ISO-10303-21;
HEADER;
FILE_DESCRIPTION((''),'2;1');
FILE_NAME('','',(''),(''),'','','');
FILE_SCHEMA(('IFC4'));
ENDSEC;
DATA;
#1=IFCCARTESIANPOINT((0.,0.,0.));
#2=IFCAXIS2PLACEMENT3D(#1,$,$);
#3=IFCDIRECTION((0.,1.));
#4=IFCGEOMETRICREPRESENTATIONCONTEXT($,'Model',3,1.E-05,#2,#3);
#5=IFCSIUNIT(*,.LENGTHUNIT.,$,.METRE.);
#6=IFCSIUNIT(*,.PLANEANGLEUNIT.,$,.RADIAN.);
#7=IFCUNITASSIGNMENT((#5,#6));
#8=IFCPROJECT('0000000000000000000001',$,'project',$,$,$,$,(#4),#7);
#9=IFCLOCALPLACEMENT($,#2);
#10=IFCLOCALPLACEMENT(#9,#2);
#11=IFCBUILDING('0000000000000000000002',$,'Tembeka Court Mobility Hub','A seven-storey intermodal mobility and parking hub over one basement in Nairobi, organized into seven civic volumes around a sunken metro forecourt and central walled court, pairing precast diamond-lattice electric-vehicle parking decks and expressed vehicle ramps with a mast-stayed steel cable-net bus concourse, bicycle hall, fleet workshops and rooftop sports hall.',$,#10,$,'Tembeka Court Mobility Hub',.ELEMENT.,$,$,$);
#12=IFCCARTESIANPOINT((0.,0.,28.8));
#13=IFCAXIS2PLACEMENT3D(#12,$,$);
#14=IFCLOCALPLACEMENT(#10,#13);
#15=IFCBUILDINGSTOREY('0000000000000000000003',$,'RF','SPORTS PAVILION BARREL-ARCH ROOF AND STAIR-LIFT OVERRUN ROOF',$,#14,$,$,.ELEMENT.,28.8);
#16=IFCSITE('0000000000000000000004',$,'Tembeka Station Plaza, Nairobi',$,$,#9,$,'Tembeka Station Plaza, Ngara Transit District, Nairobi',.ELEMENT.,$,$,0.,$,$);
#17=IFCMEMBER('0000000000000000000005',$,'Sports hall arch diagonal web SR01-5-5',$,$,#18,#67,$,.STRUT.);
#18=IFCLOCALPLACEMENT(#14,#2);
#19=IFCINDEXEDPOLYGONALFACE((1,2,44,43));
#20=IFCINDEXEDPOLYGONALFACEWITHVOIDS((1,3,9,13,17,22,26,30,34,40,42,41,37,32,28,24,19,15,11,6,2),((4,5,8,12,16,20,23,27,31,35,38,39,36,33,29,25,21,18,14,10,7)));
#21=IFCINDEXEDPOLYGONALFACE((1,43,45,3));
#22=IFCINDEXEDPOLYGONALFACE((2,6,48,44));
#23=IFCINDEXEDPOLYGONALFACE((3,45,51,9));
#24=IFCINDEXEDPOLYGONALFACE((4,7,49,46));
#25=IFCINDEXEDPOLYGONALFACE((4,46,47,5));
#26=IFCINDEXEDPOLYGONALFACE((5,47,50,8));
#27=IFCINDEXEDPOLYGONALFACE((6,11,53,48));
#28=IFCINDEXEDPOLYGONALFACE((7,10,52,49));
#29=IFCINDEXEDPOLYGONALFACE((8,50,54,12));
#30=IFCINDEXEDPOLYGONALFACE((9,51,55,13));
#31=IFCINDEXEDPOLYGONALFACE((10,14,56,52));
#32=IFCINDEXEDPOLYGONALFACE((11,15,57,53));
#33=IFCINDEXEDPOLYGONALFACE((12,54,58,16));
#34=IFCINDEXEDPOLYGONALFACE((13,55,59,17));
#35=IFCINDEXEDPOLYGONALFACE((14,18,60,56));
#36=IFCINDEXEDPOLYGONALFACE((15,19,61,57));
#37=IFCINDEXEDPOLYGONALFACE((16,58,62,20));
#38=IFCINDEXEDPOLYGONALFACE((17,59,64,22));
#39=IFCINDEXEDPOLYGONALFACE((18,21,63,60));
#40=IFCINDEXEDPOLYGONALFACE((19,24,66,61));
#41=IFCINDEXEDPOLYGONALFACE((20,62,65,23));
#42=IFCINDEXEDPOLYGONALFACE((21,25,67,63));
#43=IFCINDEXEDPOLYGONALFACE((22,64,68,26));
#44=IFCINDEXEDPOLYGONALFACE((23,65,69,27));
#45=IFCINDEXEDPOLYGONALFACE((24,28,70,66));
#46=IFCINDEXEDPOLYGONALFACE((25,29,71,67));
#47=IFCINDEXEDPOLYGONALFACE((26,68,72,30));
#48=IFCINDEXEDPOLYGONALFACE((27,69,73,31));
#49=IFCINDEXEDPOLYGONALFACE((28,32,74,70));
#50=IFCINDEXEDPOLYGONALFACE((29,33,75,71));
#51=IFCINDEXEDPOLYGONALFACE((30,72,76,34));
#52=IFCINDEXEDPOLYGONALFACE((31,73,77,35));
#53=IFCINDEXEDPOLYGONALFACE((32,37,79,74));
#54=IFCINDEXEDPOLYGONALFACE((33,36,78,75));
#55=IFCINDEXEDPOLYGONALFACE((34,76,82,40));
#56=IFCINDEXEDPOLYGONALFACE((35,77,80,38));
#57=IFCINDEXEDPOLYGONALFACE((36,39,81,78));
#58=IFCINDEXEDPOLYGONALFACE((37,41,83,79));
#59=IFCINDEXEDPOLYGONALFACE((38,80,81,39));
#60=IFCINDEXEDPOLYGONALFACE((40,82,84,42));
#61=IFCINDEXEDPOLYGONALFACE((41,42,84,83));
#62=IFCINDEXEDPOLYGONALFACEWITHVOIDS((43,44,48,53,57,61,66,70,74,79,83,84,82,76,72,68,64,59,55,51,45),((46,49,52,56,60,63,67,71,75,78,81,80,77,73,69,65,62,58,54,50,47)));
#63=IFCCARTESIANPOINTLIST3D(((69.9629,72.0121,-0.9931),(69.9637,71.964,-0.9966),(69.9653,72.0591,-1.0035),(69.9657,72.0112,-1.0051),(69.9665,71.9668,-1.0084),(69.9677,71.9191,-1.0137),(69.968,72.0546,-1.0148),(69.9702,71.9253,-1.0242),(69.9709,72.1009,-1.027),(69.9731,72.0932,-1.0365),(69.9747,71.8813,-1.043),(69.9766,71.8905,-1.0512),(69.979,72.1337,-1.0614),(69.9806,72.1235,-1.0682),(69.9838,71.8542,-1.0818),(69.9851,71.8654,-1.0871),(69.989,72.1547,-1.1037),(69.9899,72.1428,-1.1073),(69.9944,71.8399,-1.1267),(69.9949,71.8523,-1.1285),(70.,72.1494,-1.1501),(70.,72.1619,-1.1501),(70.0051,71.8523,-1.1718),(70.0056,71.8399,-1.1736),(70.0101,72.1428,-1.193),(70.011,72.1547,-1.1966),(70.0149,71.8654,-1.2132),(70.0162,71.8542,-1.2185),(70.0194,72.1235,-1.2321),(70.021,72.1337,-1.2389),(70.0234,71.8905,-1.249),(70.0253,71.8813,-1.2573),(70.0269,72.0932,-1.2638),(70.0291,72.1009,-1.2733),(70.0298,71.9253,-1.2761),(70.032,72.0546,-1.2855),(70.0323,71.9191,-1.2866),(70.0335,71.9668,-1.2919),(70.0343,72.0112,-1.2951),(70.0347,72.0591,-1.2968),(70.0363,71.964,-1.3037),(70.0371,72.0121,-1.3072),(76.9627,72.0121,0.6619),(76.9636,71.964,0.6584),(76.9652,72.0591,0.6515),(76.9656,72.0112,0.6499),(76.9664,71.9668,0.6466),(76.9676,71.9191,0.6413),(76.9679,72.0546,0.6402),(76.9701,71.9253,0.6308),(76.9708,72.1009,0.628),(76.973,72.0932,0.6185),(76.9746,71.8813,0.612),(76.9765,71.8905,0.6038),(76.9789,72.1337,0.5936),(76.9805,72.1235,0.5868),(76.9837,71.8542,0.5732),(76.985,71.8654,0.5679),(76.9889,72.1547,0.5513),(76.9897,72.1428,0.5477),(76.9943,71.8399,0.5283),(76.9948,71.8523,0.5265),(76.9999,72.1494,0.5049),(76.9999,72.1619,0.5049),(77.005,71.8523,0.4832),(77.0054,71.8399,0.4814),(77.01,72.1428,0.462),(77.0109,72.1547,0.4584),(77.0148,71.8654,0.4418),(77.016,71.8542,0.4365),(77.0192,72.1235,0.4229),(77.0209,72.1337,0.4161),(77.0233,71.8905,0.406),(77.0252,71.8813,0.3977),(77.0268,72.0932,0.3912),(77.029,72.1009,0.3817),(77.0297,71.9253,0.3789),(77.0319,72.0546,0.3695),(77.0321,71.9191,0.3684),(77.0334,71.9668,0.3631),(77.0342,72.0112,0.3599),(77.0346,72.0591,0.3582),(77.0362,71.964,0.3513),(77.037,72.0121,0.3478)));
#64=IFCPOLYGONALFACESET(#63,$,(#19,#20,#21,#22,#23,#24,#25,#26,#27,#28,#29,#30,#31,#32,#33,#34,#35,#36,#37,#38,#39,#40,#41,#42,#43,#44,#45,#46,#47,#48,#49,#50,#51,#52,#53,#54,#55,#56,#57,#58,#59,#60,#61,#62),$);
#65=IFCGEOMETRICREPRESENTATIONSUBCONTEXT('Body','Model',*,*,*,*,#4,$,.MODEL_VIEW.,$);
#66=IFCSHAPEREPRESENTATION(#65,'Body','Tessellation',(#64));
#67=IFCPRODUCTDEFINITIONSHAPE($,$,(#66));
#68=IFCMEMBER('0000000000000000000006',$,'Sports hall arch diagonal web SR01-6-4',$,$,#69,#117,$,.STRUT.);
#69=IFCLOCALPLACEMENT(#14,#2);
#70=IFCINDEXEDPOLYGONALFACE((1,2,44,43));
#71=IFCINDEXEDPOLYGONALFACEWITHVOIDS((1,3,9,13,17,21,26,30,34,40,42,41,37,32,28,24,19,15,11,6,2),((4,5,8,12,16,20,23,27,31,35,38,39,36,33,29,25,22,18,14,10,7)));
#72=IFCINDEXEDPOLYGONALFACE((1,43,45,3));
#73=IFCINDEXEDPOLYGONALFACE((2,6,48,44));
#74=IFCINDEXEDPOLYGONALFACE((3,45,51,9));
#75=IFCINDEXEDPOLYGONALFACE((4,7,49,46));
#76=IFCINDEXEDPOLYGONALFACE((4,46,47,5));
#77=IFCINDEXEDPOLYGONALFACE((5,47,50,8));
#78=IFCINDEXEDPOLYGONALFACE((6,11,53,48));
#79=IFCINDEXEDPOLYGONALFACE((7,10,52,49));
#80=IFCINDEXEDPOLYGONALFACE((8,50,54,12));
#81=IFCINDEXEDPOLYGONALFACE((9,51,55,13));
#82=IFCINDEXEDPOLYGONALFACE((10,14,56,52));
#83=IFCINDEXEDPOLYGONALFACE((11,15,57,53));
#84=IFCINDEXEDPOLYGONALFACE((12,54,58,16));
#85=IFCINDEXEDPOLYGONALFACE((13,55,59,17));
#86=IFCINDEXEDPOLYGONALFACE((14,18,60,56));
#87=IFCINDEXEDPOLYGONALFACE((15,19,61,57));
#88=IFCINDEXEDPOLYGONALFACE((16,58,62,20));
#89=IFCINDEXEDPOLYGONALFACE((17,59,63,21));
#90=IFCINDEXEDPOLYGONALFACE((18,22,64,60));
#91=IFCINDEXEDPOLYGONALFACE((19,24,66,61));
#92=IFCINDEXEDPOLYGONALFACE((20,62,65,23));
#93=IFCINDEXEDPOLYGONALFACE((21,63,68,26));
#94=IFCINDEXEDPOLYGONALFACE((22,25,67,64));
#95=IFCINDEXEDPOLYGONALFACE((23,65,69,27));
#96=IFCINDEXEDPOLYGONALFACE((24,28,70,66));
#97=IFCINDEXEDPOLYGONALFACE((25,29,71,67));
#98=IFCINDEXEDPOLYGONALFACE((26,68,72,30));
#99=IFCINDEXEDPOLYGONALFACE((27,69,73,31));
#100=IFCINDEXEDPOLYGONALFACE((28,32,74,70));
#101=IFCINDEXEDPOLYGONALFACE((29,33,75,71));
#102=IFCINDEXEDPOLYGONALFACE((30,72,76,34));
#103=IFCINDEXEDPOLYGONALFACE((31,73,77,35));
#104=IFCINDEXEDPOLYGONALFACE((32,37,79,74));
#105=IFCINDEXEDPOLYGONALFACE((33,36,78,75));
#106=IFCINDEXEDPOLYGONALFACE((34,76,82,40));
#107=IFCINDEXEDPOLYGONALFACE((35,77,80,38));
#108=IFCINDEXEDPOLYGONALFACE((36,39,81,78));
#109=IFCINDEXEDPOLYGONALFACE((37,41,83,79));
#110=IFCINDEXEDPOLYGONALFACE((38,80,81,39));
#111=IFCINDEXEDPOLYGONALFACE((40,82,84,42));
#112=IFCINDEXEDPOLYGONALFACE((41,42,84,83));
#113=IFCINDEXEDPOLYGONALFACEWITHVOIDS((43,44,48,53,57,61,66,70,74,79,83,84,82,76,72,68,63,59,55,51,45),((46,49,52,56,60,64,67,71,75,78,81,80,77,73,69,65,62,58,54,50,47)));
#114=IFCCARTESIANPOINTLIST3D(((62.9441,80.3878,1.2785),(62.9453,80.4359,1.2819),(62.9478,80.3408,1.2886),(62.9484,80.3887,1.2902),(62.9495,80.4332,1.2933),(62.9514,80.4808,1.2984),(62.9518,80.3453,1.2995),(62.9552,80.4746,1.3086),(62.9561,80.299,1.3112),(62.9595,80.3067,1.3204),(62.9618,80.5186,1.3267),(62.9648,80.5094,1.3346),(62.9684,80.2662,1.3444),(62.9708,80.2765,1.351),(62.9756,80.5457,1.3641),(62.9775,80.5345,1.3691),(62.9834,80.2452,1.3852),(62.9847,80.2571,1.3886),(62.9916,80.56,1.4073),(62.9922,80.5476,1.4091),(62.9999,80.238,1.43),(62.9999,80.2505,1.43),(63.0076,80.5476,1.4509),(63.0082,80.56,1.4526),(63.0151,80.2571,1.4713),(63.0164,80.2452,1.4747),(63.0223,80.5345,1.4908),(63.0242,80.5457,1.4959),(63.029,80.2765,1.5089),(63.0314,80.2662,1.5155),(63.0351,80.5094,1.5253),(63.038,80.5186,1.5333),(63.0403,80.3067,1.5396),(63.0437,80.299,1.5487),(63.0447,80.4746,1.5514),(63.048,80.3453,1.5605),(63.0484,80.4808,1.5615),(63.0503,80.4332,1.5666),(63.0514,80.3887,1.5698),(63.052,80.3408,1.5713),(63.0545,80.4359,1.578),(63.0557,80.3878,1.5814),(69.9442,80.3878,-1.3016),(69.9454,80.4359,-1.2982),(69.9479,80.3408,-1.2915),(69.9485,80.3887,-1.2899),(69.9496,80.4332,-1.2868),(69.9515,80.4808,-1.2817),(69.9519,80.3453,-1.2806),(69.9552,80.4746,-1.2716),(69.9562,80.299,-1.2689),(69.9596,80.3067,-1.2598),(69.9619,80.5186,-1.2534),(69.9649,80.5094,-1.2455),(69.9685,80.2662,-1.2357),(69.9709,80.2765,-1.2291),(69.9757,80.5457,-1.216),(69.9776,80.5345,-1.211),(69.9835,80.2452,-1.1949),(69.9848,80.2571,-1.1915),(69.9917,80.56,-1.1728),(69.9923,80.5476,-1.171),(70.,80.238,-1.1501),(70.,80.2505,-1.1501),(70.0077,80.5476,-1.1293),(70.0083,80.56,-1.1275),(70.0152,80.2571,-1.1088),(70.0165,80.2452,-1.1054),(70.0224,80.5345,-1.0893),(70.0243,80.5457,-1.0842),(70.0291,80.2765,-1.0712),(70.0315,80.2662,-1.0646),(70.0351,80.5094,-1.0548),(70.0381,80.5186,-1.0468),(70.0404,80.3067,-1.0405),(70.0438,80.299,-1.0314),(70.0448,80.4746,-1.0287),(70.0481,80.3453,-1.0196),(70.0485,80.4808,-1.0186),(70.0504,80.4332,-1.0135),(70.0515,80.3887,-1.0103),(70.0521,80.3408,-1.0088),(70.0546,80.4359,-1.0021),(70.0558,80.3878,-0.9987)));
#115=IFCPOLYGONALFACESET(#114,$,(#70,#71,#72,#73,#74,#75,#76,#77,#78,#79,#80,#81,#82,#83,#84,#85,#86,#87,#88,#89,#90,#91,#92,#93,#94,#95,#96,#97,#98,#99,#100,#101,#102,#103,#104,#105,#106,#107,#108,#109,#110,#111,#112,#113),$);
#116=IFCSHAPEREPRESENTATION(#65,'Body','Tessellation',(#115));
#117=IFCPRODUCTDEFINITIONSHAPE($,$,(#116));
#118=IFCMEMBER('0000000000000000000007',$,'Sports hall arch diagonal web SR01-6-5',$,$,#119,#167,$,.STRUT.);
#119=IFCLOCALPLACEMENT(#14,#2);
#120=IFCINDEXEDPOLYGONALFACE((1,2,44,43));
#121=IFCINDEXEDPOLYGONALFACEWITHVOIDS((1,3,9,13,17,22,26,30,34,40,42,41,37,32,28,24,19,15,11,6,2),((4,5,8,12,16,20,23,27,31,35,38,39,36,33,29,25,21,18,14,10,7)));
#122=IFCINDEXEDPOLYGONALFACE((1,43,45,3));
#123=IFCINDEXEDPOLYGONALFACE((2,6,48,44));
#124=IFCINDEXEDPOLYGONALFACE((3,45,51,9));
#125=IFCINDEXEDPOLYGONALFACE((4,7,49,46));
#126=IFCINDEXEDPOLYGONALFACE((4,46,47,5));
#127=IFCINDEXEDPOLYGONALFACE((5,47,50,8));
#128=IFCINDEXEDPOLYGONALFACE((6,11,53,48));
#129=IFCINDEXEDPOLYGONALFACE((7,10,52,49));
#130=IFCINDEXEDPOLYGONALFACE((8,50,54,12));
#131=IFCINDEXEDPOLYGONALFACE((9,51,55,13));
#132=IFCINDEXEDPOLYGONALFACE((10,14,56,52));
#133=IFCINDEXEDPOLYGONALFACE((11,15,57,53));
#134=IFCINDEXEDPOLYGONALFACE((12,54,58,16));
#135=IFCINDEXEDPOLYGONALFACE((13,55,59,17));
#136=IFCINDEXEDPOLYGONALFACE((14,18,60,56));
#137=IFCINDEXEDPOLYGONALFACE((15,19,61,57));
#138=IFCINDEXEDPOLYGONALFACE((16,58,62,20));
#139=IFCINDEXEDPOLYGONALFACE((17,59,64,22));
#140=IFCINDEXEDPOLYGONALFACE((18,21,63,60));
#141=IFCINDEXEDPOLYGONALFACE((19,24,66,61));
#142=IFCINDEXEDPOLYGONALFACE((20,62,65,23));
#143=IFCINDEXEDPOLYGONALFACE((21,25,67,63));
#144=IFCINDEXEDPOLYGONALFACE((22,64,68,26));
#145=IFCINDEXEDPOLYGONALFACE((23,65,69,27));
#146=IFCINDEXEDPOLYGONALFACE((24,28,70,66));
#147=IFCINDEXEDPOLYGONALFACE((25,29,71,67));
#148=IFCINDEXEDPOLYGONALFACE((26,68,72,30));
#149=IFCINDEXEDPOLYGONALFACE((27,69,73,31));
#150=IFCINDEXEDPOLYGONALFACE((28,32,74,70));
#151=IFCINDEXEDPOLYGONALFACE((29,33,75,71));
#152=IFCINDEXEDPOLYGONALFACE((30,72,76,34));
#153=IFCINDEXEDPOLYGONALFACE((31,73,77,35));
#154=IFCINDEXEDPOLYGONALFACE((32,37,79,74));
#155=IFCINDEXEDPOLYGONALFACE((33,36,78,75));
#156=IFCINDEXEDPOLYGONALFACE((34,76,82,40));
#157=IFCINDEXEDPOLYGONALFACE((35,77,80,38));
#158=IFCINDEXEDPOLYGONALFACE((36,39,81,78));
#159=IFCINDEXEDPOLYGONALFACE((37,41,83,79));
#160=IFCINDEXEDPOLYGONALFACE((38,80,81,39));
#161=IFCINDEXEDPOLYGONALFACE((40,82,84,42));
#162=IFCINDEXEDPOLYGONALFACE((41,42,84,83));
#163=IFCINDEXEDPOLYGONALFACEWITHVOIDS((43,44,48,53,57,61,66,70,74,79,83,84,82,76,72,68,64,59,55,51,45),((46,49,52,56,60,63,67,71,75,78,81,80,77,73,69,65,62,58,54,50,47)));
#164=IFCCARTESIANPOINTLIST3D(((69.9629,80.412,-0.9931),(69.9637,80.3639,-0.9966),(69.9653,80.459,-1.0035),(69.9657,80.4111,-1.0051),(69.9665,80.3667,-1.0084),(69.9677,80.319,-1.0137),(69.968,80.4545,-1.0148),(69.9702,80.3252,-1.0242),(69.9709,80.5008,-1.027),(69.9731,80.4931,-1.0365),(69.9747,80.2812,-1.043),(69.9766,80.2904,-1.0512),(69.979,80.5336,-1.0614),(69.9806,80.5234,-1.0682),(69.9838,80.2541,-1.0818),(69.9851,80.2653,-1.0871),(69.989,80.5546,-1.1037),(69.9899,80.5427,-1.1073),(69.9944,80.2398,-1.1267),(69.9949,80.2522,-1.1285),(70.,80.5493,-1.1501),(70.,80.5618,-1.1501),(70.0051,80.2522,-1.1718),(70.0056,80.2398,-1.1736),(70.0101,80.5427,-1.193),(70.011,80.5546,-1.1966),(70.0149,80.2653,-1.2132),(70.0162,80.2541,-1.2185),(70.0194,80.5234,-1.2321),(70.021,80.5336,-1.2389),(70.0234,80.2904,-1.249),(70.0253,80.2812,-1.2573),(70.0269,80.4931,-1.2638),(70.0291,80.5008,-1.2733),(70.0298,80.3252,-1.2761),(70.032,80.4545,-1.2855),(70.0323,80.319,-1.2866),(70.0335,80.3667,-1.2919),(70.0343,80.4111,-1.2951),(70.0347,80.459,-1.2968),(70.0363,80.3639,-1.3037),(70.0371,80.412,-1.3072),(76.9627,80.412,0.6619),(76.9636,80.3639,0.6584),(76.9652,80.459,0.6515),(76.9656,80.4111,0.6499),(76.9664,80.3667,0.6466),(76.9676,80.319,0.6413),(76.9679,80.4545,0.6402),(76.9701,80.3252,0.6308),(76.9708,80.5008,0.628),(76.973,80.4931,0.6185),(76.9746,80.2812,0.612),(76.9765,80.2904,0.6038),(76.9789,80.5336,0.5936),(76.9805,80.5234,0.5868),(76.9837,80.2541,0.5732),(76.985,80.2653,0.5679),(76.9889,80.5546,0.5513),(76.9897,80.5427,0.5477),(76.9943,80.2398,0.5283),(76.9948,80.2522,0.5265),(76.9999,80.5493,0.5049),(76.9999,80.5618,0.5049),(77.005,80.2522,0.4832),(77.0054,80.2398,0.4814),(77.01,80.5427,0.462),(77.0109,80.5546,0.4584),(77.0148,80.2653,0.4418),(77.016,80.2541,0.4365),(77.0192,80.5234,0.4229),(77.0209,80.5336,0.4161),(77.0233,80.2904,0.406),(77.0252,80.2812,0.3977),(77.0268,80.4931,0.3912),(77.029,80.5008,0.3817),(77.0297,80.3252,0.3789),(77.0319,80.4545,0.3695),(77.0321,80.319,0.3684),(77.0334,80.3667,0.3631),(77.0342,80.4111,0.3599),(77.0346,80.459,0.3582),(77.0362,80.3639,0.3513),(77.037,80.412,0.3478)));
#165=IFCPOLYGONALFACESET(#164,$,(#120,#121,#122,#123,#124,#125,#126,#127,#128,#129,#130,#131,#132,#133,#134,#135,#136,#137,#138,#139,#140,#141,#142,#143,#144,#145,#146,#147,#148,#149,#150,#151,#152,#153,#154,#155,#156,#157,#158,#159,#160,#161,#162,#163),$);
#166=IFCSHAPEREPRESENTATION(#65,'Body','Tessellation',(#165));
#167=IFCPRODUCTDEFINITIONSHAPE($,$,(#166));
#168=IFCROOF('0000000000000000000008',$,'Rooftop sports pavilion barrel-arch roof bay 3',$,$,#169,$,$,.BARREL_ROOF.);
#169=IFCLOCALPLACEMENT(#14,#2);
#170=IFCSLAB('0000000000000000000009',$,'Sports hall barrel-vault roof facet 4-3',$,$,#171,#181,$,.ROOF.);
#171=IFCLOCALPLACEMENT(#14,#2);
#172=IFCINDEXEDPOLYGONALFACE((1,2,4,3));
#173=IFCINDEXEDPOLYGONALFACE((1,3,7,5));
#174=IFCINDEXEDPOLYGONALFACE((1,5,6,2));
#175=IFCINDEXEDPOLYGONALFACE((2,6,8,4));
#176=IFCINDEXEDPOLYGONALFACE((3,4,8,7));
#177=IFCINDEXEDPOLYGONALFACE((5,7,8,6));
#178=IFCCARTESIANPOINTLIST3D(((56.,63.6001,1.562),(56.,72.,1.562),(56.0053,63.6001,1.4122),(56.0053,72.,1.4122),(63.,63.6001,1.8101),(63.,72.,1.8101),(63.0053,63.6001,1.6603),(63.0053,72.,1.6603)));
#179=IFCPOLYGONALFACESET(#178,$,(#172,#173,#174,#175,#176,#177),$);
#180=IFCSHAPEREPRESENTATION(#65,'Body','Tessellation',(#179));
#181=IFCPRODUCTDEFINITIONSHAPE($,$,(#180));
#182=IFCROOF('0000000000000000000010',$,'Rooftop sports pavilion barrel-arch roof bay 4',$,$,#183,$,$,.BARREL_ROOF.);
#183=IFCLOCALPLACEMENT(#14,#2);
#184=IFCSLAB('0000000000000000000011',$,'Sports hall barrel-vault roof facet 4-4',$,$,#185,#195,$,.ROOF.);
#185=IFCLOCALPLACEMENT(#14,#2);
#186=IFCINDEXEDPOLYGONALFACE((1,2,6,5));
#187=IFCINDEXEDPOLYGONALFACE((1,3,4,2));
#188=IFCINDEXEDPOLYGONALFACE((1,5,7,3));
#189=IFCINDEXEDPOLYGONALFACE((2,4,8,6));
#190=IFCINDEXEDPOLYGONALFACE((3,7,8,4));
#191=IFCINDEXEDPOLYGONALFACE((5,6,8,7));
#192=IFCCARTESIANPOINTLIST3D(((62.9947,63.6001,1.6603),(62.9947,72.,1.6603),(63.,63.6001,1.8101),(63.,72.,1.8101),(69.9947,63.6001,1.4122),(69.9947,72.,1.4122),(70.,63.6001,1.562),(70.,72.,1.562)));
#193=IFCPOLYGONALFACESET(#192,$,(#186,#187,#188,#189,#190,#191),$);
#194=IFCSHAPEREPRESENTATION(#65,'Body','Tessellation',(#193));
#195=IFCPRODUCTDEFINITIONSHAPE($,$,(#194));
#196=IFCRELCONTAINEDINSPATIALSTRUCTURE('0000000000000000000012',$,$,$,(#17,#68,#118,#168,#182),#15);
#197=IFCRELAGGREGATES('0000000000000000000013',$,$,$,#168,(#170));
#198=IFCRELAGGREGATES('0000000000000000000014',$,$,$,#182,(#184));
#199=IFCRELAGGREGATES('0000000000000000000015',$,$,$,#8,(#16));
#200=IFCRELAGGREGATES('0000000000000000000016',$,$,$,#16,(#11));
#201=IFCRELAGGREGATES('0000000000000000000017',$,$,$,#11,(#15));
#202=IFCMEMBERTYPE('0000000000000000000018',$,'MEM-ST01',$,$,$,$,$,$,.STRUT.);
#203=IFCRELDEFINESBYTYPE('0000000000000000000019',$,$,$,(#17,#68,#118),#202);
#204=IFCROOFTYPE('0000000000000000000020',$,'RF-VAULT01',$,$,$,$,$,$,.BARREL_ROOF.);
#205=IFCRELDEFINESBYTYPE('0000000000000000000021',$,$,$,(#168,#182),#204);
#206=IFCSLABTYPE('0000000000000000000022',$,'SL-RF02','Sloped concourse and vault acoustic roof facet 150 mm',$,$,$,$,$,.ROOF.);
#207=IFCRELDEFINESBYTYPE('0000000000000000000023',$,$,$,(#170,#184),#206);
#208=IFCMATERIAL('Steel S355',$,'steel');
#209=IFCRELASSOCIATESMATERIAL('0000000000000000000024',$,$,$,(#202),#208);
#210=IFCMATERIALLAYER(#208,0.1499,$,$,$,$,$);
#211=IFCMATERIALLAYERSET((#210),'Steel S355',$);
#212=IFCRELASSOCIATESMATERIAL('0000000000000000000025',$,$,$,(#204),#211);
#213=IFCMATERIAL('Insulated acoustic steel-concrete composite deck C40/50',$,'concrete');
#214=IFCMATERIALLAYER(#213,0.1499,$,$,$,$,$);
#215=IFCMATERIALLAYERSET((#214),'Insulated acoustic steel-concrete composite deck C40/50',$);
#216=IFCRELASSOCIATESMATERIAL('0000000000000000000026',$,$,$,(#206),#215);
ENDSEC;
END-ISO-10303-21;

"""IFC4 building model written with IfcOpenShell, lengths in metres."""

from ifc_helpers import new_model, si_unit, direction, frame, origin, origin_2d, place, context, subcontext, project, spatial, polyline, hollow_circle, outline, extrude, material, layer, layer_set, material_profile, profile_set, type_object, element, aggregate, save


model = new_model("IFC4")

# Units and contexts
model_context = context("Model", 3, precision=1e-05, world=origin(), true_north=direction((0.0, 1.0)))
body_context = subcontext(model_context, "Body", "Model", "MODEL_VIEW")
ifc_project = project(units=[si_unit("LENGTHUNIT", "METRE"), si_unit("PLANEANGLEUNIT", "RADIAN")], contexts=[model_context])

# Site, building, storey
site_placement = place(None, origin())
site = spatial("IfcSite", under=ifc_project, at=site_placement, Name="Tembeka Station Plaza, Nairobi", LongName="Tembeka Station Plaza, Ngara Transit District, Nairobi", CompositionType="ELEMENT", RefElevation=0.0)
building_placement = place(site_placement, origin())
building = spatial("IfcBuilding", under=site, at=building_placement, Name="Tembeka Court Mobility Hub", Description="A seven-storey intermodal mobility and parking hub over one basement in Nairobi, organized into seven civic volumes around a sunken metro forecourt and central walled court, pairing precast diamond-lattice electric-vehicle parking decks and expressed vehicle ramps with a mast-stayed steel cable-net bus concourse, bicycle hall, fleet workshops and rooftop sports hall.", LongName="Tembeka Court Mobility Hub", CompositionType="ELEMENT")
storey_placement = place(building_placement, frame((0.0, 0.0, 28.8)))
storey = spatial("IfcBuildingStorey", under=building, at=storey_placement, Name="RF", Description="SPORTS PAVILION BARREL-ARCH ROOF AND STAIR-LIFT OVERRUN ROOF", CompositionType="ELEMENT", Elevation=28.8)

# Shared definitions
ifc_material_1 = material(Name="Steel S355", Category="steel")

# Members
ifc_material_profile_1 = material_profile(ifc_material_1, hollow_circle(Radius=0.1619, WallThickness=0.0125, at=origin_2d()), Name="CHS 323.9x12.5")
ifc_profile_set_1 = profile_set([ifc_material_profile_1], Name="Steel S355")
member_type = type_object("IfcMemberType", Name="MEM-ST01", PredefinedType="STRUT", material=ifc_profile_set_1)
member_1_placement = place(storey_placement, frame((70.0, 72.0, -1.1501), z_axis=(0.97317, 0.0, 0.230089), x_axis=(0.0, 1.0, 0.0)))
element("IfcMember", 1, at=member_1_placement, inside=storey, type_object=member_type, Name="Sports hall arch diagonal web SR01-5-5", PredefinedType="STRUT", context=body_context, shape_type="SweptSolid", body=[
    extrude(hollow_circle(Radius=0.1619, WallThickness=0.0125, at=origin_2d()), origin(), (0.0, 0.0, 1.0), 7.1929),
])
member_2_placement = place(storey_placement, frame((70.0, 80.3999, -1.1501), z_axis=(-0.938294, 0.0, 0.345839), x_axis=(0.0, -1.0, 0.0)))
element("IfcMember", 2, at=member_2_placement, inside=storey, type_object=member_type, Name="Sports hall arch diagonal web SR01-6-4", PredefinedType="STRUT", context=body_context, shape_type="SweptSolid", body=[
    extrude(hollow_circle(Radius=0.1619, WallThickness=0.0125, at=origin_2d()), origin(), (0.0, 0.0, 1.0), 7.4604),
])
member_3_placement = place(storey_placement, frame((70.0, 80.3999, -1.1501), z_axis=(0.97317, 0.0, 0.230089), x_axis=(0.0, 1.0, 0.0)))
element("IfcMember", 3, at=member_3_placement, inside=storey, type_object=member_type, Name="Sports hall arch diagonal web SR01-6-5", PredefinedType="STRUT", context=body_context, shape_type="SweptSolid", body=[
    extrude(hollow_circle(Radius=0.1619, WallThickness=0.0125, at=origin_2d()), origin(), (0.0, 0.0, 1.0), 7.1929),
])

# Roofs, slabs
ifc_layer_1 = layer(ifc_material_1, 0.1499)
ifc_layer_set_1 = layer_set([ifc_layer_1], Name="Steel S355")
roof_type = type_object("IfcRoofType", Name="RF-VAULT01", PredefinedType="BARREL_ROOF", material=ifc_layer_set_1)
roof_1_placement = place(storey_placement, origin())
roof_1 = element("IfcRoof", 4, at=roof_1_placement, inside=storey, type_object=roof_type, Name="Rooftop sports pavilion barrel-arch roof bay 3", PredefinedType="BARREL_ROOF")
ifc_material_2 = material(Name="Insulated acoustic steel-concrete composite deck C40/50", Category="concrete")
ifc_layer_2 = layer(ifc_material_2, 0.1499)
ifc_layer_set_2 = layer_set([ifc_layer_2], Name="Insulated acoustic steel-concrete composite deck C40/50")
slab_type = type_object("IfcSlabType", Name="SL-RF02", Description="Sloped concourse and vault acoustic roof facet 150 mm", PredefinedType="ROOF", material=ifc_layer_set_2)
slab_1_placement = place(storey_placement, frame((56.0, 63.6001, 1.562), z_axis=(-0.035413, 0.0, 0.999373), x_axis=(0.999373, 0.0, 0.035413)))
slab_1 = element("IfcSlab", 5, at=slab_1_placement, type_object=slab_type, Name="Sports hall barrel-vault roof facet 4-3", PredefinedType="ROOF", context=body_context, shape_type="SweptSolid", body=[
    extrude(outline(polyline([(0.0, 0.0), (7.0044, 0.0), (7.0044, 8.3999), (0.0, 8.3999), (0.0, 0.0)])), origin(), (0.0, 0.0, -1.0), 0.1499),
])
roof_2_placement = place(storey_placement, origin())
roof_2 = element("IfcRoof", 6, at=roof_2_placement, inside=storey, type_object=roof_type, Name="Rooftop sports pavilion barrel-arch roof bay 4", PredefinedType="BARREL_ROOF")
slab_2_placement = place(storey_placement, frame((63.0, 63.6001, 1.8101), z_axis=(0.035413, 0.0, 0.999373), x_axis=(0.999373, 0.0, -0.035413)))
slab_2 = element("IfcSlab", 7, at=slab_2_placement, type_object=slab_type, Name="Sports hall barrel-vault roof facet 4-4", PredefinedType="ROOF", context=body_context, shape_type="SweptSolid", body=[
    extrude(outline(polyline([(0.0, 0.0), (7.0044, 0.0), (7.0044, 8.3999), (0.0, 8.3999), (0.0, 0.0)])), origin(), (0.0, 0.0, -1.0), 0.1499),
])

aggregate(roof_1, [slab_1])
aggregate(roof_2, [slab_2])

save(model, "model.ifc")
